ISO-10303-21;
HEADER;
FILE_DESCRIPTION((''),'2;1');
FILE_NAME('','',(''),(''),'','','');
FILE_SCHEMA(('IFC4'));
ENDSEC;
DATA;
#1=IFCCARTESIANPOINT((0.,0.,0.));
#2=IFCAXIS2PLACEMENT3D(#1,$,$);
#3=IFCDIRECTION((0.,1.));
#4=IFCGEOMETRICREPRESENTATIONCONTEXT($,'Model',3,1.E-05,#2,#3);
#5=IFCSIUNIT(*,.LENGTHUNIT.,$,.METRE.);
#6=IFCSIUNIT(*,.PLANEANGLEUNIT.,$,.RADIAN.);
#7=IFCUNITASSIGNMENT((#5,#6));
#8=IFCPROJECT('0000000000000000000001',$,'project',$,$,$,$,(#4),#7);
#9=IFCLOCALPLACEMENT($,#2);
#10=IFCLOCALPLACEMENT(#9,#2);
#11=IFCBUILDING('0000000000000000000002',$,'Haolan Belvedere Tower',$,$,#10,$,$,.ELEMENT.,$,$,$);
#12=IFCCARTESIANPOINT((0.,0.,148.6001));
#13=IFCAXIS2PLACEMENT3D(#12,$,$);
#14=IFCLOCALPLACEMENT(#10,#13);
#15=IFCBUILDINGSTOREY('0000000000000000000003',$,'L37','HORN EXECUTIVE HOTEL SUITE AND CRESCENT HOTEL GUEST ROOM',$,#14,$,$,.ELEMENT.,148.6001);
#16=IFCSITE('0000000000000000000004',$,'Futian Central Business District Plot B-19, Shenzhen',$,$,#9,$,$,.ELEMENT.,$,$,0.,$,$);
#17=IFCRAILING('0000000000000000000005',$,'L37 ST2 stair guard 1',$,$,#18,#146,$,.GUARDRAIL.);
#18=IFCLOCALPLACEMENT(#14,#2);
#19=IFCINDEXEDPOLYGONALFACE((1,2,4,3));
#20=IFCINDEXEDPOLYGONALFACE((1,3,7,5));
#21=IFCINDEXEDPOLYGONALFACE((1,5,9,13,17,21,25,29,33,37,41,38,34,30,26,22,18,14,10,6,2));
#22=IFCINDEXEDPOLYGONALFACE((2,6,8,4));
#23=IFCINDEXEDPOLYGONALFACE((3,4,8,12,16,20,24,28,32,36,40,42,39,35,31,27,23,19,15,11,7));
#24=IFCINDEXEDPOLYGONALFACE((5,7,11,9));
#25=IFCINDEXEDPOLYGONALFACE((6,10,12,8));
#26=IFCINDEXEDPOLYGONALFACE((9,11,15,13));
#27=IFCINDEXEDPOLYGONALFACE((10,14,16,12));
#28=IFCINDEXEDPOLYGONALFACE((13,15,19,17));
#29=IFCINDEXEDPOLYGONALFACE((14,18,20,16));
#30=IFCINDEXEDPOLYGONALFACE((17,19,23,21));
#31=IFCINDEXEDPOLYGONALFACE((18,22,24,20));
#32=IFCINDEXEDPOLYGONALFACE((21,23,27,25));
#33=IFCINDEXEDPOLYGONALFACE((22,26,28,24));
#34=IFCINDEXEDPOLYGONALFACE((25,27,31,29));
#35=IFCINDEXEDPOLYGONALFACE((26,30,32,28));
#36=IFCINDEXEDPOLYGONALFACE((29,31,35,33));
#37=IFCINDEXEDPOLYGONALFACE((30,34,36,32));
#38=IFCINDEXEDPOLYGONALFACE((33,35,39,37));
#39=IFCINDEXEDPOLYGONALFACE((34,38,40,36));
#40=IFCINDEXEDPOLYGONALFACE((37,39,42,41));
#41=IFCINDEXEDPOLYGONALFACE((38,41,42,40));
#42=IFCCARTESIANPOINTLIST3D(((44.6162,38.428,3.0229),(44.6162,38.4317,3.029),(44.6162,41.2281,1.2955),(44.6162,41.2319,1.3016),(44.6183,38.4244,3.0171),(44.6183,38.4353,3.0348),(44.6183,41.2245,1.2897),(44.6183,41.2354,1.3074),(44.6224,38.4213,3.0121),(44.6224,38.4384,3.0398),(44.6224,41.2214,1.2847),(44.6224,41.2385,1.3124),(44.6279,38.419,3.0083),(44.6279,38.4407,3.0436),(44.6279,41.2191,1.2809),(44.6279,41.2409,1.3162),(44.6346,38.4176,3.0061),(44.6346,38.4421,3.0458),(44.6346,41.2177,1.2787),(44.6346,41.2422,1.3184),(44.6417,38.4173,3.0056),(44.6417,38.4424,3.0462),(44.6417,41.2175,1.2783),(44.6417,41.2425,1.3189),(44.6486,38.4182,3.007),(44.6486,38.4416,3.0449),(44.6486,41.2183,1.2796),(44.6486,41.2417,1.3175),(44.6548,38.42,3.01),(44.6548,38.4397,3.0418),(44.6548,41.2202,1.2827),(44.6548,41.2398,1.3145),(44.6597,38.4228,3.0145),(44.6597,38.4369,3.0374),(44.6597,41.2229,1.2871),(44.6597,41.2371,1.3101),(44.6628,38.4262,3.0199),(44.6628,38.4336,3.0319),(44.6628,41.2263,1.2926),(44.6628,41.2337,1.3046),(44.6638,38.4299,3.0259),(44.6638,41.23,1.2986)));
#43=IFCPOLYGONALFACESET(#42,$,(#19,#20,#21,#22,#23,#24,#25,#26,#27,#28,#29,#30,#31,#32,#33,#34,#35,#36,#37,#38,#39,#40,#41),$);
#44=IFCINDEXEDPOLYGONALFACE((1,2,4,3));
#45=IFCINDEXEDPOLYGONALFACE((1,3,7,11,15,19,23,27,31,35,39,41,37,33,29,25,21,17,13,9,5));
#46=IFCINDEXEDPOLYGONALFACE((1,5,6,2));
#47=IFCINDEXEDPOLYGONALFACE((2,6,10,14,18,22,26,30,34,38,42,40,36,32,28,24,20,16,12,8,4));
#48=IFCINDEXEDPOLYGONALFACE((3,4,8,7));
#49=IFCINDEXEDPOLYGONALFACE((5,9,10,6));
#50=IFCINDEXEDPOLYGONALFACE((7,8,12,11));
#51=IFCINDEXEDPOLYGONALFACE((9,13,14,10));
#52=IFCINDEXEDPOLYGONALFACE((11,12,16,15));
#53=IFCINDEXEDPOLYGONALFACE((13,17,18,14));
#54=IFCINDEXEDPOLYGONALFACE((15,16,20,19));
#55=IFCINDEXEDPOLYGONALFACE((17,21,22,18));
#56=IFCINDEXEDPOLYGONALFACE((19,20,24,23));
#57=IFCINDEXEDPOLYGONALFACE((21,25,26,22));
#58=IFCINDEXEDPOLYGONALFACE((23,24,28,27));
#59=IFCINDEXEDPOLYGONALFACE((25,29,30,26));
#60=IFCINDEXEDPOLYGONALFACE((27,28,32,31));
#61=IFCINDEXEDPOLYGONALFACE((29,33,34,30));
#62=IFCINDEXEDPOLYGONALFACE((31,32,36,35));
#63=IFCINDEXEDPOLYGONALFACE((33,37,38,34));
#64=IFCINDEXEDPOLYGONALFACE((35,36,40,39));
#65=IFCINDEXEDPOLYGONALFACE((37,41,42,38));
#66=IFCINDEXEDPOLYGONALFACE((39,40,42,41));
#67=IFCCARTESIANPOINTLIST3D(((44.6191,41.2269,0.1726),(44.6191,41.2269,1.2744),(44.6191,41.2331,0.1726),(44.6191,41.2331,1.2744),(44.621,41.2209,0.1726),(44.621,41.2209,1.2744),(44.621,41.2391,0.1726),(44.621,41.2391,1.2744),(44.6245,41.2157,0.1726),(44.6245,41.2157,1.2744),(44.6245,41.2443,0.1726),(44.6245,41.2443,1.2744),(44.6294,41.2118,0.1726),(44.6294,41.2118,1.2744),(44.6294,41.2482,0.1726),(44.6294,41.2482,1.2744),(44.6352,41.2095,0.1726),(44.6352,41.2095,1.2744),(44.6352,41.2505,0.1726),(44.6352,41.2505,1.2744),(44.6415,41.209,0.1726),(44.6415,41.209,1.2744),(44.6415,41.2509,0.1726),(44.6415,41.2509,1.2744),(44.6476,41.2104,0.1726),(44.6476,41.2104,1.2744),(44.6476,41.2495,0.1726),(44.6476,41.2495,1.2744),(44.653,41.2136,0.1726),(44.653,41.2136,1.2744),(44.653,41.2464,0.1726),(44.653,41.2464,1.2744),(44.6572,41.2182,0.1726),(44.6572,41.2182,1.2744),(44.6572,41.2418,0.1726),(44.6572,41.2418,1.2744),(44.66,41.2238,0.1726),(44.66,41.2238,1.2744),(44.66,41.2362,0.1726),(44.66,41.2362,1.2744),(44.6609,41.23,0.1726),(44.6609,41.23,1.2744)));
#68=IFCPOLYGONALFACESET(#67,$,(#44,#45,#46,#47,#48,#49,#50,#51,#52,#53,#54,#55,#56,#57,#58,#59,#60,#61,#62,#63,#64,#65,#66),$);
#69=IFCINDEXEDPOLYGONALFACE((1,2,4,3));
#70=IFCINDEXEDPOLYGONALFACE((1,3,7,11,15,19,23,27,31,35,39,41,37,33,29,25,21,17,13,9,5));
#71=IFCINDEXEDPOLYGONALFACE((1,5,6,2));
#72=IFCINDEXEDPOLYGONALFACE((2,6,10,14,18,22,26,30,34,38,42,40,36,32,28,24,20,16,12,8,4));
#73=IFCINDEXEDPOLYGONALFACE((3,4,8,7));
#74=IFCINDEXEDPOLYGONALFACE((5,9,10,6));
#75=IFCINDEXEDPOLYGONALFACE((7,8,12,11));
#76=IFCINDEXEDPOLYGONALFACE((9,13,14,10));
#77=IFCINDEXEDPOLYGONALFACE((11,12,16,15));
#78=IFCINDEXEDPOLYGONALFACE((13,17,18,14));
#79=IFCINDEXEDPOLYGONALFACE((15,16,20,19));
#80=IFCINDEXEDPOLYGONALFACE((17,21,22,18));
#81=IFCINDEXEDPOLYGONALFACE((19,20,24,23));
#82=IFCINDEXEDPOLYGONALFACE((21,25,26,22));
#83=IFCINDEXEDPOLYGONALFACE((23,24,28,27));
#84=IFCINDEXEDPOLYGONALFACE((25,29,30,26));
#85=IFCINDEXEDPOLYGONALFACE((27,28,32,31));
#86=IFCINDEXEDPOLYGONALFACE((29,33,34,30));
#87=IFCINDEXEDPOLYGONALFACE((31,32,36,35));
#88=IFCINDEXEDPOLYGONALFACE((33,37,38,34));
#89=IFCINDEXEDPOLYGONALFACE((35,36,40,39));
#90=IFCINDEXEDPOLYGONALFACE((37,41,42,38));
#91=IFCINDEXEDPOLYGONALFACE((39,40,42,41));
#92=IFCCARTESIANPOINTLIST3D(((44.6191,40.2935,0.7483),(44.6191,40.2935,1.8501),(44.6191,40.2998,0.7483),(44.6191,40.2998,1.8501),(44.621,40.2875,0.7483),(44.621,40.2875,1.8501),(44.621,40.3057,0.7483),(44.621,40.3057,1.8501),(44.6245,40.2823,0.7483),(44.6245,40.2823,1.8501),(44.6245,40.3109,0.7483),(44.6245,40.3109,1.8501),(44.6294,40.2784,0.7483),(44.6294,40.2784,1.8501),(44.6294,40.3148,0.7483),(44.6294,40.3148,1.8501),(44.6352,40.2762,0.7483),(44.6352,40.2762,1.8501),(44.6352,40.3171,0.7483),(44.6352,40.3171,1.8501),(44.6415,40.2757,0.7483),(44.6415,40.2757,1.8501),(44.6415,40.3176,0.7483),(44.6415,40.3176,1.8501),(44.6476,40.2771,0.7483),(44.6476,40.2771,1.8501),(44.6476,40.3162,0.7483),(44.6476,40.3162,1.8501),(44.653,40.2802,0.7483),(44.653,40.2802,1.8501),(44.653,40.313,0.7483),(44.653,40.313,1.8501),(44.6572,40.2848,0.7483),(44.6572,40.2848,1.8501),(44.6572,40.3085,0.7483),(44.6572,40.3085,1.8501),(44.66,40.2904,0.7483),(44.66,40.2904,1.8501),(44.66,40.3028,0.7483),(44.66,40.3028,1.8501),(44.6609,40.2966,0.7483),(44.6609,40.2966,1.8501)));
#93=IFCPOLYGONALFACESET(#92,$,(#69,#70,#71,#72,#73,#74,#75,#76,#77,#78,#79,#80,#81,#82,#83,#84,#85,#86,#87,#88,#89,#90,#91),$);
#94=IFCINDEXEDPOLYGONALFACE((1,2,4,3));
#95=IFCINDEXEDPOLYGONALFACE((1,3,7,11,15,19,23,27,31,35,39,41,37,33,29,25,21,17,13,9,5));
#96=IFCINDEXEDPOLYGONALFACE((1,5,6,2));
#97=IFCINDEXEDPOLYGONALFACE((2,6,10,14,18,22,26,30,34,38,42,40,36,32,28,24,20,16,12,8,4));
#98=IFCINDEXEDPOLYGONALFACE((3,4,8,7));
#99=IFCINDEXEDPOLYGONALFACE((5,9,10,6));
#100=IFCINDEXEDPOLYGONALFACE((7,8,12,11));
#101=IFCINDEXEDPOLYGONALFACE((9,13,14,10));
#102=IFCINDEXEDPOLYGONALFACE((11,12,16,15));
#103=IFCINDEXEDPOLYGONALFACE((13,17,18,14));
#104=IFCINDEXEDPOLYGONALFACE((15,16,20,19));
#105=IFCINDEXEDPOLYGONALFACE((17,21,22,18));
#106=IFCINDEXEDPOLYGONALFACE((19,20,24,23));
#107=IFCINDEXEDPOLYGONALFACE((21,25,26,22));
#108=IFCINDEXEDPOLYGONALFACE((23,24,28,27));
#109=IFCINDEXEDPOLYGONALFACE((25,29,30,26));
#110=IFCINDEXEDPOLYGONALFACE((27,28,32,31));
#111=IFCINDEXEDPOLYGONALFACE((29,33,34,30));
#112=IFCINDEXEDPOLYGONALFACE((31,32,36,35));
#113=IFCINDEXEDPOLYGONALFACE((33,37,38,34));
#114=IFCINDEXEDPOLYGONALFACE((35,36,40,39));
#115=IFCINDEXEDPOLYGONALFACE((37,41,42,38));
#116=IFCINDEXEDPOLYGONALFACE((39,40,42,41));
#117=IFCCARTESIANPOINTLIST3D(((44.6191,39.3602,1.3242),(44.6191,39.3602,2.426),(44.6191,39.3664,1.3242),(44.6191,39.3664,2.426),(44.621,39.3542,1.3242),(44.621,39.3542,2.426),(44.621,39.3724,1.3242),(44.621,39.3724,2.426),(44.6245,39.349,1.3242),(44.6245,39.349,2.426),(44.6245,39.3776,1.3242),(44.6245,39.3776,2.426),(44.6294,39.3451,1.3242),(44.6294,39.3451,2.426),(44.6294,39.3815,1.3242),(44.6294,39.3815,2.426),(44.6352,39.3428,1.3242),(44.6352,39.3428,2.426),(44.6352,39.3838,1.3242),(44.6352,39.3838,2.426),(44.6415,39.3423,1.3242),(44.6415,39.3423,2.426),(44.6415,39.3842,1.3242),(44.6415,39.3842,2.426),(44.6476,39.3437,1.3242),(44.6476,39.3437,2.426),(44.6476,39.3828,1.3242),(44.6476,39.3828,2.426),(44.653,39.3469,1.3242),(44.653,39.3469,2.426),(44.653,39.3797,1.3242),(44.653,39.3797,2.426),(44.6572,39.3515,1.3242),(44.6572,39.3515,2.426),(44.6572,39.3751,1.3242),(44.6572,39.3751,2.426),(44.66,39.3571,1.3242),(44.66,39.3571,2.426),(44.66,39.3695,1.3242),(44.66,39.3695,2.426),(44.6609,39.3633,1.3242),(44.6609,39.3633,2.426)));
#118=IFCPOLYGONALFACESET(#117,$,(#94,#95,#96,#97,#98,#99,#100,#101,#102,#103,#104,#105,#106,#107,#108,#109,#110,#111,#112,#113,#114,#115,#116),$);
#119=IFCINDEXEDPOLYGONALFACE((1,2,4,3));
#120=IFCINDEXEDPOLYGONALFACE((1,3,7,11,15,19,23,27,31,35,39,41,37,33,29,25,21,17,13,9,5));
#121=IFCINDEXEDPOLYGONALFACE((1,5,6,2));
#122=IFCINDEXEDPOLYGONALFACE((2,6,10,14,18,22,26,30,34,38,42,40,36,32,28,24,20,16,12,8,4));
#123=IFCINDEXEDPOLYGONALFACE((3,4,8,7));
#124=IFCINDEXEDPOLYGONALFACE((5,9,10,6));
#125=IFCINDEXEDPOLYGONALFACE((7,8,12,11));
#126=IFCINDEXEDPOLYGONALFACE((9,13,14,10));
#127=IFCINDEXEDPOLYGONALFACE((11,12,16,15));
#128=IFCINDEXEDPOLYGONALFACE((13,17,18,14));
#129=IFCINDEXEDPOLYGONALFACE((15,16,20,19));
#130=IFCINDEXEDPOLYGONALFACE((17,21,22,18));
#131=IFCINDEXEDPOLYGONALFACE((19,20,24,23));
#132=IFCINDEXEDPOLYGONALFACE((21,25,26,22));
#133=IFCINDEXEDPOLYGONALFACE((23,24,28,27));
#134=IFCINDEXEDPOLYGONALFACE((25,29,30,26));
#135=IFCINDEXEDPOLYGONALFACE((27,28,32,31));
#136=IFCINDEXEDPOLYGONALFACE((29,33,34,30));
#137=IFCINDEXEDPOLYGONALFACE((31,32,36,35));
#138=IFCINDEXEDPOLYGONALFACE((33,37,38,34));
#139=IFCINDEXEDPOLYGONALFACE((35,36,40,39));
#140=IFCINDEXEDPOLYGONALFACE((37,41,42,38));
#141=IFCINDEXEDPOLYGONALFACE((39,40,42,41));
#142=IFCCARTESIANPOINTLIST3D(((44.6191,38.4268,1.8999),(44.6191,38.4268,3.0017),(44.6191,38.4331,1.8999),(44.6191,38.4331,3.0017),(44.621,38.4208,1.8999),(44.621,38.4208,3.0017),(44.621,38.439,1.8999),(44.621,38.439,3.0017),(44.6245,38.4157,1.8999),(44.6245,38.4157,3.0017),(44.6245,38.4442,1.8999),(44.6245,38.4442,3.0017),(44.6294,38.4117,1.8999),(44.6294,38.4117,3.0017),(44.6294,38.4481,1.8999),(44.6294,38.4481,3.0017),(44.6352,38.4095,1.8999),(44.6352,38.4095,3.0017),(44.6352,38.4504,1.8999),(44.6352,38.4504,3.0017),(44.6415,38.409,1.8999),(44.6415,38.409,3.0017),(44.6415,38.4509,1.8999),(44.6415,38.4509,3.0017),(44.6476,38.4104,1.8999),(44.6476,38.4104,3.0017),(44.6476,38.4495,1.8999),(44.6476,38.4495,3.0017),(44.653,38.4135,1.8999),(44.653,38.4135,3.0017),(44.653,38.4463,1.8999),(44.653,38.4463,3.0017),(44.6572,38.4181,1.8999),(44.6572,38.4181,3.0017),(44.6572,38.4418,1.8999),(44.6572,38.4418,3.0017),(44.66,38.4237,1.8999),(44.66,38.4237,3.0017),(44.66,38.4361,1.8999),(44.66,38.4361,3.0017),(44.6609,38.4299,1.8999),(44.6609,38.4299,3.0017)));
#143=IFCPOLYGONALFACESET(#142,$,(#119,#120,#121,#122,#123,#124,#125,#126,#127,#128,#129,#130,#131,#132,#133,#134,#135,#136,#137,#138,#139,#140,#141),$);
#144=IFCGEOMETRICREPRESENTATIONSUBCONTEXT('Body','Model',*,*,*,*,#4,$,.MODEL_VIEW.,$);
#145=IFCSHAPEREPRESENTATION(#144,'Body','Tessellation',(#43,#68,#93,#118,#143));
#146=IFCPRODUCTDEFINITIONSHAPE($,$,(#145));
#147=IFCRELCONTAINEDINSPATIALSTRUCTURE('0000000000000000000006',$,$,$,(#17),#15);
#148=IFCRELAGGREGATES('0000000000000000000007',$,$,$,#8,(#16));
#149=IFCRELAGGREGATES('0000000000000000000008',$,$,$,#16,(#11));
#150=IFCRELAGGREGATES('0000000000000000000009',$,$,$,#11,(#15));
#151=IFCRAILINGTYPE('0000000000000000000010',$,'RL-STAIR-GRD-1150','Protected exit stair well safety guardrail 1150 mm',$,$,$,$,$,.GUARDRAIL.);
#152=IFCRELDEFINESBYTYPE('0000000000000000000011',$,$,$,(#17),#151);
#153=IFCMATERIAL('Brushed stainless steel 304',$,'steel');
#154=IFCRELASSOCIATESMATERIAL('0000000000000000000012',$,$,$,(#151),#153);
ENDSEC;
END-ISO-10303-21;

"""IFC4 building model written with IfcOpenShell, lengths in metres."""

from ifc_helpers import new_model, si_unit, direction, frame, origin, origin_2d, place, context, subcontext, project, spatial, circle, extrude, material, type_object, element, save


model = new_model("IFC4")

# Units and contexts
model_context = context("Model", 3, precision=1e-05, world=origin(), true_north=direction((0.0, 1.0)))
body_context = subcontext(model_context, "Body", "Model", "MODEL_VIEW")
ifc_project = project(units=[si_unit("LENGTHUNIT", "METRE"), si_unit("PLANEANGLEUNIT", "RADIAN")], contexts=[model_context])

# Site, building, storey
site_placement = place(None, origin())
site = spatial("IfcSite", under=ifc_project, at=site_placement, Name="Futian Central Business District Plot B-19, Shenzhen", CompositionType="ELEMENT", RefElevation=0.0)
building_placement = place(site_placement, origin())
building = spatial("IfcBuilding", under=site, at=building_placement, Name="Haolan Belvedere Tower", CompositionType="ELEMENT")
storey_placement = place(building_placement, frame((0.0, 0.0, 148.6001)))
storey = spatial("IfcBuildingStorey", under=building, at=storey_placement, Name="L37", Description="HORN EXECUTIVE HOTEL SUITE AND CRESCENT HOTEL GUEST ROOM", CompositionType="ELEMENT", Elevation=148.6001)

# Railing
ifc_material_1 = material(Name="Brushed stainless steel 304", Category="steel")
railing_type_1 = type_object("IfcRailingType", Name="RL-STAIR-GRD-1150", Description="Protected exit stair well safety guardrail 1150 mm", PredefinedType="GUARDRAIL", material=ifc_material_1)
railing_1_placement = place(storey_placement, frame((44.6399, 41.23, 0.1726)))
element("IfcRailing", 1, at=railing_1_placement, inside=storey, type_object=railing_type_1, Name="L37 ST2 stair guard 1", PredefinedType="GUARDRAIL", context=body_context, shape_type="SweptSolid", body=[
    extrude(circle(Radius=0.0239, at=origin_2d()), frame((0.0, 0.0, 1.126), z_axis=(0.0, -0.85109, 0.52502), x_axis=(1.0, 0.0, 0.0)), (0.0, 0.0, 1.0), 3.29),
    extrude(circle(Radius=0.021, at=origin_2d()), origin(), (0.0, 0.0, 1.0), 1.1018),
    extrude(circle(Radius=0.021, at=origin_2d()), frame((0.0, -0.9333, 0.5757)), (0.0, 0.0, 1.0), 1.1018),
    extrude(circle(Radius=0.021, at=origin_2d()), frame((0.0, -1.8667, 1.1516)), (0.0, 0.0, 1.0), 1.1018),
    extrude(circle(Radius=0.021, at=origin_2d()), frame((0.0, -2.8, 1.7273)), (0.0, 0.0, 1.0), 1.1018),
])

save(model, "model.ifc")
